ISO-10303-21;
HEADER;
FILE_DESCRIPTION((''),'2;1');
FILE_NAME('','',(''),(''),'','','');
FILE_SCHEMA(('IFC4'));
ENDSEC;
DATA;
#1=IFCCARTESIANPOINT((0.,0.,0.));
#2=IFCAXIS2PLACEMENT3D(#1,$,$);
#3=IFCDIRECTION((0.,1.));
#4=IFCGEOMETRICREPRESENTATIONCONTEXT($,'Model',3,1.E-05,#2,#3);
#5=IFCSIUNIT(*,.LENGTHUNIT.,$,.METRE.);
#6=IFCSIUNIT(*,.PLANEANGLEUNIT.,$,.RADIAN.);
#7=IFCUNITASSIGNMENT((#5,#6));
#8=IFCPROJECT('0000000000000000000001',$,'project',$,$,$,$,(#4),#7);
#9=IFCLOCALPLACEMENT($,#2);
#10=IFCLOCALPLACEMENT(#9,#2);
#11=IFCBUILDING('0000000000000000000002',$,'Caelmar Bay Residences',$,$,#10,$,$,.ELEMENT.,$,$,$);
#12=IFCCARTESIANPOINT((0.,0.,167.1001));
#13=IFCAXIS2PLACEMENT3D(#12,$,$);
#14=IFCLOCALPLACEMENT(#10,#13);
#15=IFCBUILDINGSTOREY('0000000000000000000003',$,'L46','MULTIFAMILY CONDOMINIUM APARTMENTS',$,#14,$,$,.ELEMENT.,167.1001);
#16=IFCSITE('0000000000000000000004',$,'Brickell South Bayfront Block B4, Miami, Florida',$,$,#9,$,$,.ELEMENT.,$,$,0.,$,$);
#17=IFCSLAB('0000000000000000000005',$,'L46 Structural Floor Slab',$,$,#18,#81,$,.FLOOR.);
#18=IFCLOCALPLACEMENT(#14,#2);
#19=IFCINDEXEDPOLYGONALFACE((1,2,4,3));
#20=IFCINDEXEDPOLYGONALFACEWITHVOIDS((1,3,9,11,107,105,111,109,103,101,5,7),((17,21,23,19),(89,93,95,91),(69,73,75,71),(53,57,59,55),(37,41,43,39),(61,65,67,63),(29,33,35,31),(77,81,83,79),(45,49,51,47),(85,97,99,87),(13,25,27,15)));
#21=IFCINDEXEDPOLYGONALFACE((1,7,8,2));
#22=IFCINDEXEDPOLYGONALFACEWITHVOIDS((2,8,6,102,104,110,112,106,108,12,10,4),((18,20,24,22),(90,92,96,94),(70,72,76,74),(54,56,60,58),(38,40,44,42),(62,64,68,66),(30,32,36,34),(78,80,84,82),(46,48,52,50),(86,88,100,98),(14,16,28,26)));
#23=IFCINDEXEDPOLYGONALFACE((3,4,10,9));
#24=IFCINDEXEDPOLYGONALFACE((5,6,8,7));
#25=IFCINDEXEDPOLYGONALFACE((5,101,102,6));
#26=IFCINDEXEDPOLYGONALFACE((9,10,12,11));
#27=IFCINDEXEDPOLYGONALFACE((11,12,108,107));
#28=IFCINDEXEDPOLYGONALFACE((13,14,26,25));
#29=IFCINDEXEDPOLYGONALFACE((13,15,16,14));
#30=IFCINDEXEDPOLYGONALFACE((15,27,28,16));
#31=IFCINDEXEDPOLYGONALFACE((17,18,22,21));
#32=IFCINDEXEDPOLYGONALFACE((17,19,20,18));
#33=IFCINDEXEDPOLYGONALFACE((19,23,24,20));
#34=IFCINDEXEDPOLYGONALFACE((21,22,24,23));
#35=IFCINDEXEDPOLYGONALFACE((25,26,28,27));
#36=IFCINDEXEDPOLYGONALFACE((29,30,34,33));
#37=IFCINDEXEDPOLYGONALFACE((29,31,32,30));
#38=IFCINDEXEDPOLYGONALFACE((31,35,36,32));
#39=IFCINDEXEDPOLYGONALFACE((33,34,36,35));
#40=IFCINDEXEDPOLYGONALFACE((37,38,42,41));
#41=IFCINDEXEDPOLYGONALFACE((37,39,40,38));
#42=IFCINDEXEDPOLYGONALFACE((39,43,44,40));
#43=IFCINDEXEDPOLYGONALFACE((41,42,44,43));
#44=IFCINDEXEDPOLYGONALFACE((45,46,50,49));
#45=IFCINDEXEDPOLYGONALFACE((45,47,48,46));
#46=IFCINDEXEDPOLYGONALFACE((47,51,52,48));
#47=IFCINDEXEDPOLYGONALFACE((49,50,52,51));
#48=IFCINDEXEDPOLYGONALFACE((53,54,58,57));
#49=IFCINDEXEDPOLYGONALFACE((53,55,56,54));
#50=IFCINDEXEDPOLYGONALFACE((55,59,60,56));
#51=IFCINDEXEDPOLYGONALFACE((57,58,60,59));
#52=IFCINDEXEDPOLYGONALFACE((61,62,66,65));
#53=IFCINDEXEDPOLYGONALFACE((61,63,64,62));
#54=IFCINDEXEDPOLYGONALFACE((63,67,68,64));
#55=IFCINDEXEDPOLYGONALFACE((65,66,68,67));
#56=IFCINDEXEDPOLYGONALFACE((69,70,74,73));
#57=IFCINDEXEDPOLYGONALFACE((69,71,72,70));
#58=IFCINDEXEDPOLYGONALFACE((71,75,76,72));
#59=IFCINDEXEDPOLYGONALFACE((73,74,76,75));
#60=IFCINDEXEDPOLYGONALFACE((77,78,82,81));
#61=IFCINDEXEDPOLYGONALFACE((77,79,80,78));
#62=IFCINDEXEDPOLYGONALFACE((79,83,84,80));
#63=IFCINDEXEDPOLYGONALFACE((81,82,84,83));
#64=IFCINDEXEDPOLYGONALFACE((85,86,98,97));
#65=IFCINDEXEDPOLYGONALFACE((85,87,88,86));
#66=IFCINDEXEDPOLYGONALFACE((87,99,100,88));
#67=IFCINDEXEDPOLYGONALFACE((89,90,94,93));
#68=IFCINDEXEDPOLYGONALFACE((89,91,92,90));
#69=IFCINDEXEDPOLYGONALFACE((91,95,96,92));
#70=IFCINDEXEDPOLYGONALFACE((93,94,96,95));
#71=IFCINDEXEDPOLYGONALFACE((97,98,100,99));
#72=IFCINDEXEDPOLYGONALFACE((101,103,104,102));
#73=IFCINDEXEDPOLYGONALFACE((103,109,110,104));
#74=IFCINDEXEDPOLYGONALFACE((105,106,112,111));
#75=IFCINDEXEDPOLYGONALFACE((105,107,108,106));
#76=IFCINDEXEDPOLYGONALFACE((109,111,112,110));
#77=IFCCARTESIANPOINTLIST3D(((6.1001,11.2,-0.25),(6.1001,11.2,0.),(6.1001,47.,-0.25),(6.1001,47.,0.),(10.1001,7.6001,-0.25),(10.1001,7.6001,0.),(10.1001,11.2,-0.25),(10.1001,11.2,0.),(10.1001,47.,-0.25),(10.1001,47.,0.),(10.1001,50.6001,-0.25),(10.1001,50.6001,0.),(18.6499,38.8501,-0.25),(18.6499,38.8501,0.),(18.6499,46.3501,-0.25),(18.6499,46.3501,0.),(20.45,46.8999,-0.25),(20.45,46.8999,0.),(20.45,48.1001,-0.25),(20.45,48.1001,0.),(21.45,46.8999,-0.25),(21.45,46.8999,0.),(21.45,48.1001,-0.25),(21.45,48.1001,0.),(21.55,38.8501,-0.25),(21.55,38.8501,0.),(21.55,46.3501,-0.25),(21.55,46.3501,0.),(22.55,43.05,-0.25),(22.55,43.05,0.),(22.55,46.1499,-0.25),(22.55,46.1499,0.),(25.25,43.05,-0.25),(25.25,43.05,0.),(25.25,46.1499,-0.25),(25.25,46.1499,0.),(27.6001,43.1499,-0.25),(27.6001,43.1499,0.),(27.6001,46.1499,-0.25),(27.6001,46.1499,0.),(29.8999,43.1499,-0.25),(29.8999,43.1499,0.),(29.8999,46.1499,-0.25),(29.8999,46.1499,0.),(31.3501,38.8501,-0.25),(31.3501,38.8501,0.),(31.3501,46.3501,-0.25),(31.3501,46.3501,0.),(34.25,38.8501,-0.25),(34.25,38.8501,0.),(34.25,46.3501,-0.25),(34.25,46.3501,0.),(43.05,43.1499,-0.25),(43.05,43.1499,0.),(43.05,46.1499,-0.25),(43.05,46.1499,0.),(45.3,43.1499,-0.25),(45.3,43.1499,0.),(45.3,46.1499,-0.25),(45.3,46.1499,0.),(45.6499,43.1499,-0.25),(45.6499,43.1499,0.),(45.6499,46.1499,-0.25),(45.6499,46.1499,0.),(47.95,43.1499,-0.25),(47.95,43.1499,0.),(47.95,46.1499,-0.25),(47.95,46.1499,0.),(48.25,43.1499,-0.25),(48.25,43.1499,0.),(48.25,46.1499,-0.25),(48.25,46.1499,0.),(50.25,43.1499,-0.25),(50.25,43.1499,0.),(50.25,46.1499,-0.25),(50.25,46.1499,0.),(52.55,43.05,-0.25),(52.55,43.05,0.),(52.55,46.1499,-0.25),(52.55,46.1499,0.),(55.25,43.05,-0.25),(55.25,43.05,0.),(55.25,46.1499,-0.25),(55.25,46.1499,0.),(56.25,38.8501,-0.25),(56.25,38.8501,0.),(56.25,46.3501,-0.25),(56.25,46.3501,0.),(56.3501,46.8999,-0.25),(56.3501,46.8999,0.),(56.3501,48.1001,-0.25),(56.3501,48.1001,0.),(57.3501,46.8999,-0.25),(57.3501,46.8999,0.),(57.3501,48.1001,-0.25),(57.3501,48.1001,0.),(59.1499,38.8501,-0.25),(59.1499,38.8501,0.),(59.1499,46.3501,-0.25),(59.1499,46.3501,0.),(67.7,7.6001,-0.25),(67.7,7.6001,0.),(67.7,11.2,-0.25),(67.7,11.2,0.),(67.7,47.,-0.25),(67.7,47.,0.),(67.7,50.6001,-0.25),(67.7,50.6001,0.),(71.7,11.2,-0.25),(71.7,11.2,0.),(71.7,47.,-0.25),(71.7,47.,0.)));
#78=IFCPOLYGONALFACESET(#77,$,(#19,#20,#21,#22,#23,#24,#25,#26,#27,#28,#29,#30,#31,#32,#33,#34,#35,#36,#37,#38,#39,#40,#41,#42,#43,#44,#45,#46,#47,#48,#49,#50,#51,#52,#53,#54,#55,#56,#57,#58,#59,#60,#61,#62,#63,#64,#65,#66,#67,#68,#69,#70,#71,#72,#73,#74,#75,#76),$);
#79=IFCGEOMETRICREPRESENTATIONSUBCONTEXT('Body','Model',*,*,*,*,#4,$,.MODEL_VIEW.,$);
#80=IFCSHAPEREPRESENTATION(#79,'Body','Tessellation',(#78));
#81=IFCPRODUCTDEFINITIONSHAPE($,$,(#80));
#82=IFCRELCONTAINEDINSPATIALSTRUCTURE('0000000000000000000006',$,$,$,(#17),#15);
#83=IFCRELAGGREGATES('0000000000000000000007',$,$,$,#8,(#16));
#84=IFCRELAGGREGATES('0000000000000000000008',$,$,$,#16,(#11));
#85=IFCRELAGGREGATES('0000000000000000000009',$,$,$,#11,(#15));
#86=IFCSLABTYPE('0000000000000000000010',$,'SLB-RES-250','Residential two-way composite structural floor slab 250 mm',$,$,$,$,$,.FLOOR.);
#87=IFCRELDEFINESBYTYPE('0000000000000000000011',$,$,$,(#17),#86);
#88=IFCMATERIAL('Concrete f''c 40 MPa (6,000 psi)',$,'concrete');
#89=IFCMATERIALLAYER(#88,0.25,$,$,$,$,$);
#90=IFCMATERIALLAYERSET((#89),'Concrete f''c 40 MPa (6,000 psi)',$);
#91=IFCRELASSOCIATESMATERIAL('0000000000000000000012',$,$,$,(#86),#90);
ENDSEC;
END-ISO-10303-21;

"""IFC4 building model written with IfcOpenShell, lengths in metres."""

from ifc_helpers import new_model, si_unit, direction, frame, origin, place, context, subcontext, project, spatial, polyline, outline, extrude, material, layer, layer_set, type_object, element, save


model = new_model("IFC4")

# Units and contexts
model_context = context("Model", 3, precision=1e-05, world=origin(), true_north=direction((0.0, 1.0)))
body_context = subcontext(model_context, "Body", "Model", "MODEL_VIEW")
ifc_project = project(units=[si_unit("LENGTHUNIT", "METRE"), si_unit("PLANEANGLEUNIT", "RADIAN")], contexts=[model_context])

# Site, building, storey
site_placement = place(None, origin())
site = spatial("IfcSite", under=ifc_project, at=site_placement, Name="Brickell South Bayfront Block B4, Miami, Florida", CompositionType="ELEMENT", RefElevation=0.0)
building_placement = place(site_placement, origin())
building = spatial("IfcBuilding", under=site, at=building_placement, Name="Caelmar Bay Residences", CompositionType="ELEMENT")
storey_placement = place(building_placement, frame((0.0, 0.0, 167.1001)))
storey = spatial("IfcBuildingStorey", under=building, at=storey_placement, Name="L46", Description="MULTIFAMILY CONDOMINIUM APARTMENTS", CompositionType="ELEMENT", Elevation=167.1001)

# Shared definitions
ifc_material_1 = material(Name="Concrete f'c 40 MPa (6,000 psi)", Category="concrete")

# Slab
ifc_layer_1 = layer(ifc_material_1, 0.25)
ifc_layer_set_1 = layer_set([ifc_layer_1], Name="Concrete f'c 40 MPa (6,000 psi)")
slab_type_1 = type_object("IfcSlabType", Name="SLB-RES-250", Description="Residential two-way composite structural floor slab 250 mm", PredefinedType="FLOOR", material=ifc_layer_set_1)
slab_1_placement = place(storey_placement, frame((0.0, 0.0, -0.25)))
element("IfcSlab", 1, at=slab_1_placement, inside=storey, type_object=slab_type_1, Name="L46 Structural Floor Slab", PredefinedType="FLOOR", context=body_context, shape_type="SweptSolid", body=[
    extrude(outline(polyline([(10.1001, 7.6001), (67.7, 7.6001), (67.7, 11.2), (71.7, 11.2), (71.7, 47.0), (67.7, 47.0), (67.7, 50.6001), (10.1001, 50.6001), (10.1001, 47.0), (6.1001, 47.0), (6.1001, 11.2), (10.1001, 11.2), (10.1001, 7.6001)]), holes=[polyline([(18.6499, 38.8501), (21.55, 38.8501), (21.55, 46.3501), (18.6499, 46.3501), (18.6499, 38.8501)]), polyline([(56.25, 38.8501), (59.1499, 38.8501), (59.1499, 46.3501), (56.25, 46.3501), (56.25, 38.8501)]), polyline([(31.3501, 38.8501), (34.25, 38.8501), (34.25, 46.3501), (31.3501, 46.3501), (31.3501, 38.8501)]), polyline([(22.55, 43.05), (25.25, 43.05), (25.25, 46.1499), (22.55, 46.1499), (22.55, 43.05)]), polyline([(52.55, 43.05), (55.25, 43.05), (55.25, 46.1499), (52.55, 46.1499), (52.55, 43.05)]), polyline([(43.05, 43.1499), (45.3, 43.1499), (45.3, 46.1499), (43.05, 46.1499), (43.05, 43.1499)]), polyline([(45.6499, 43.1499), (47.95, 43.1499), (47.95, 46.1499), (45.6499, 46.1499), (45.6499, 43.1499)]), polyline([(48.25, 43.1499), (50.25, 43.1499), (50.25, 46.1499), (48.25, 46.1499), (48.25, 43.1499)]), polyline([(27.6001, 43.1499), (29.8999, 43.1499), (29.8999, 46.1499), (27.6001, 46.1499), (27.6001, 43.1499)]), polyline([(20.45, 46.8999), (21.45, 46.8999), (21.45, 48.1001), (20.45, 48.1001), (20.45, 46.8999)]), polyline([(56.3501, 46.8999), (57.3501, 46.8999), (57.3501, 48.1001), (56.3501, 48.1001), (56.3501, 46.8999)])]), origin(), (0.0, 0.0, 1.0), 0.25),
])

save(model, "model.ifc")
